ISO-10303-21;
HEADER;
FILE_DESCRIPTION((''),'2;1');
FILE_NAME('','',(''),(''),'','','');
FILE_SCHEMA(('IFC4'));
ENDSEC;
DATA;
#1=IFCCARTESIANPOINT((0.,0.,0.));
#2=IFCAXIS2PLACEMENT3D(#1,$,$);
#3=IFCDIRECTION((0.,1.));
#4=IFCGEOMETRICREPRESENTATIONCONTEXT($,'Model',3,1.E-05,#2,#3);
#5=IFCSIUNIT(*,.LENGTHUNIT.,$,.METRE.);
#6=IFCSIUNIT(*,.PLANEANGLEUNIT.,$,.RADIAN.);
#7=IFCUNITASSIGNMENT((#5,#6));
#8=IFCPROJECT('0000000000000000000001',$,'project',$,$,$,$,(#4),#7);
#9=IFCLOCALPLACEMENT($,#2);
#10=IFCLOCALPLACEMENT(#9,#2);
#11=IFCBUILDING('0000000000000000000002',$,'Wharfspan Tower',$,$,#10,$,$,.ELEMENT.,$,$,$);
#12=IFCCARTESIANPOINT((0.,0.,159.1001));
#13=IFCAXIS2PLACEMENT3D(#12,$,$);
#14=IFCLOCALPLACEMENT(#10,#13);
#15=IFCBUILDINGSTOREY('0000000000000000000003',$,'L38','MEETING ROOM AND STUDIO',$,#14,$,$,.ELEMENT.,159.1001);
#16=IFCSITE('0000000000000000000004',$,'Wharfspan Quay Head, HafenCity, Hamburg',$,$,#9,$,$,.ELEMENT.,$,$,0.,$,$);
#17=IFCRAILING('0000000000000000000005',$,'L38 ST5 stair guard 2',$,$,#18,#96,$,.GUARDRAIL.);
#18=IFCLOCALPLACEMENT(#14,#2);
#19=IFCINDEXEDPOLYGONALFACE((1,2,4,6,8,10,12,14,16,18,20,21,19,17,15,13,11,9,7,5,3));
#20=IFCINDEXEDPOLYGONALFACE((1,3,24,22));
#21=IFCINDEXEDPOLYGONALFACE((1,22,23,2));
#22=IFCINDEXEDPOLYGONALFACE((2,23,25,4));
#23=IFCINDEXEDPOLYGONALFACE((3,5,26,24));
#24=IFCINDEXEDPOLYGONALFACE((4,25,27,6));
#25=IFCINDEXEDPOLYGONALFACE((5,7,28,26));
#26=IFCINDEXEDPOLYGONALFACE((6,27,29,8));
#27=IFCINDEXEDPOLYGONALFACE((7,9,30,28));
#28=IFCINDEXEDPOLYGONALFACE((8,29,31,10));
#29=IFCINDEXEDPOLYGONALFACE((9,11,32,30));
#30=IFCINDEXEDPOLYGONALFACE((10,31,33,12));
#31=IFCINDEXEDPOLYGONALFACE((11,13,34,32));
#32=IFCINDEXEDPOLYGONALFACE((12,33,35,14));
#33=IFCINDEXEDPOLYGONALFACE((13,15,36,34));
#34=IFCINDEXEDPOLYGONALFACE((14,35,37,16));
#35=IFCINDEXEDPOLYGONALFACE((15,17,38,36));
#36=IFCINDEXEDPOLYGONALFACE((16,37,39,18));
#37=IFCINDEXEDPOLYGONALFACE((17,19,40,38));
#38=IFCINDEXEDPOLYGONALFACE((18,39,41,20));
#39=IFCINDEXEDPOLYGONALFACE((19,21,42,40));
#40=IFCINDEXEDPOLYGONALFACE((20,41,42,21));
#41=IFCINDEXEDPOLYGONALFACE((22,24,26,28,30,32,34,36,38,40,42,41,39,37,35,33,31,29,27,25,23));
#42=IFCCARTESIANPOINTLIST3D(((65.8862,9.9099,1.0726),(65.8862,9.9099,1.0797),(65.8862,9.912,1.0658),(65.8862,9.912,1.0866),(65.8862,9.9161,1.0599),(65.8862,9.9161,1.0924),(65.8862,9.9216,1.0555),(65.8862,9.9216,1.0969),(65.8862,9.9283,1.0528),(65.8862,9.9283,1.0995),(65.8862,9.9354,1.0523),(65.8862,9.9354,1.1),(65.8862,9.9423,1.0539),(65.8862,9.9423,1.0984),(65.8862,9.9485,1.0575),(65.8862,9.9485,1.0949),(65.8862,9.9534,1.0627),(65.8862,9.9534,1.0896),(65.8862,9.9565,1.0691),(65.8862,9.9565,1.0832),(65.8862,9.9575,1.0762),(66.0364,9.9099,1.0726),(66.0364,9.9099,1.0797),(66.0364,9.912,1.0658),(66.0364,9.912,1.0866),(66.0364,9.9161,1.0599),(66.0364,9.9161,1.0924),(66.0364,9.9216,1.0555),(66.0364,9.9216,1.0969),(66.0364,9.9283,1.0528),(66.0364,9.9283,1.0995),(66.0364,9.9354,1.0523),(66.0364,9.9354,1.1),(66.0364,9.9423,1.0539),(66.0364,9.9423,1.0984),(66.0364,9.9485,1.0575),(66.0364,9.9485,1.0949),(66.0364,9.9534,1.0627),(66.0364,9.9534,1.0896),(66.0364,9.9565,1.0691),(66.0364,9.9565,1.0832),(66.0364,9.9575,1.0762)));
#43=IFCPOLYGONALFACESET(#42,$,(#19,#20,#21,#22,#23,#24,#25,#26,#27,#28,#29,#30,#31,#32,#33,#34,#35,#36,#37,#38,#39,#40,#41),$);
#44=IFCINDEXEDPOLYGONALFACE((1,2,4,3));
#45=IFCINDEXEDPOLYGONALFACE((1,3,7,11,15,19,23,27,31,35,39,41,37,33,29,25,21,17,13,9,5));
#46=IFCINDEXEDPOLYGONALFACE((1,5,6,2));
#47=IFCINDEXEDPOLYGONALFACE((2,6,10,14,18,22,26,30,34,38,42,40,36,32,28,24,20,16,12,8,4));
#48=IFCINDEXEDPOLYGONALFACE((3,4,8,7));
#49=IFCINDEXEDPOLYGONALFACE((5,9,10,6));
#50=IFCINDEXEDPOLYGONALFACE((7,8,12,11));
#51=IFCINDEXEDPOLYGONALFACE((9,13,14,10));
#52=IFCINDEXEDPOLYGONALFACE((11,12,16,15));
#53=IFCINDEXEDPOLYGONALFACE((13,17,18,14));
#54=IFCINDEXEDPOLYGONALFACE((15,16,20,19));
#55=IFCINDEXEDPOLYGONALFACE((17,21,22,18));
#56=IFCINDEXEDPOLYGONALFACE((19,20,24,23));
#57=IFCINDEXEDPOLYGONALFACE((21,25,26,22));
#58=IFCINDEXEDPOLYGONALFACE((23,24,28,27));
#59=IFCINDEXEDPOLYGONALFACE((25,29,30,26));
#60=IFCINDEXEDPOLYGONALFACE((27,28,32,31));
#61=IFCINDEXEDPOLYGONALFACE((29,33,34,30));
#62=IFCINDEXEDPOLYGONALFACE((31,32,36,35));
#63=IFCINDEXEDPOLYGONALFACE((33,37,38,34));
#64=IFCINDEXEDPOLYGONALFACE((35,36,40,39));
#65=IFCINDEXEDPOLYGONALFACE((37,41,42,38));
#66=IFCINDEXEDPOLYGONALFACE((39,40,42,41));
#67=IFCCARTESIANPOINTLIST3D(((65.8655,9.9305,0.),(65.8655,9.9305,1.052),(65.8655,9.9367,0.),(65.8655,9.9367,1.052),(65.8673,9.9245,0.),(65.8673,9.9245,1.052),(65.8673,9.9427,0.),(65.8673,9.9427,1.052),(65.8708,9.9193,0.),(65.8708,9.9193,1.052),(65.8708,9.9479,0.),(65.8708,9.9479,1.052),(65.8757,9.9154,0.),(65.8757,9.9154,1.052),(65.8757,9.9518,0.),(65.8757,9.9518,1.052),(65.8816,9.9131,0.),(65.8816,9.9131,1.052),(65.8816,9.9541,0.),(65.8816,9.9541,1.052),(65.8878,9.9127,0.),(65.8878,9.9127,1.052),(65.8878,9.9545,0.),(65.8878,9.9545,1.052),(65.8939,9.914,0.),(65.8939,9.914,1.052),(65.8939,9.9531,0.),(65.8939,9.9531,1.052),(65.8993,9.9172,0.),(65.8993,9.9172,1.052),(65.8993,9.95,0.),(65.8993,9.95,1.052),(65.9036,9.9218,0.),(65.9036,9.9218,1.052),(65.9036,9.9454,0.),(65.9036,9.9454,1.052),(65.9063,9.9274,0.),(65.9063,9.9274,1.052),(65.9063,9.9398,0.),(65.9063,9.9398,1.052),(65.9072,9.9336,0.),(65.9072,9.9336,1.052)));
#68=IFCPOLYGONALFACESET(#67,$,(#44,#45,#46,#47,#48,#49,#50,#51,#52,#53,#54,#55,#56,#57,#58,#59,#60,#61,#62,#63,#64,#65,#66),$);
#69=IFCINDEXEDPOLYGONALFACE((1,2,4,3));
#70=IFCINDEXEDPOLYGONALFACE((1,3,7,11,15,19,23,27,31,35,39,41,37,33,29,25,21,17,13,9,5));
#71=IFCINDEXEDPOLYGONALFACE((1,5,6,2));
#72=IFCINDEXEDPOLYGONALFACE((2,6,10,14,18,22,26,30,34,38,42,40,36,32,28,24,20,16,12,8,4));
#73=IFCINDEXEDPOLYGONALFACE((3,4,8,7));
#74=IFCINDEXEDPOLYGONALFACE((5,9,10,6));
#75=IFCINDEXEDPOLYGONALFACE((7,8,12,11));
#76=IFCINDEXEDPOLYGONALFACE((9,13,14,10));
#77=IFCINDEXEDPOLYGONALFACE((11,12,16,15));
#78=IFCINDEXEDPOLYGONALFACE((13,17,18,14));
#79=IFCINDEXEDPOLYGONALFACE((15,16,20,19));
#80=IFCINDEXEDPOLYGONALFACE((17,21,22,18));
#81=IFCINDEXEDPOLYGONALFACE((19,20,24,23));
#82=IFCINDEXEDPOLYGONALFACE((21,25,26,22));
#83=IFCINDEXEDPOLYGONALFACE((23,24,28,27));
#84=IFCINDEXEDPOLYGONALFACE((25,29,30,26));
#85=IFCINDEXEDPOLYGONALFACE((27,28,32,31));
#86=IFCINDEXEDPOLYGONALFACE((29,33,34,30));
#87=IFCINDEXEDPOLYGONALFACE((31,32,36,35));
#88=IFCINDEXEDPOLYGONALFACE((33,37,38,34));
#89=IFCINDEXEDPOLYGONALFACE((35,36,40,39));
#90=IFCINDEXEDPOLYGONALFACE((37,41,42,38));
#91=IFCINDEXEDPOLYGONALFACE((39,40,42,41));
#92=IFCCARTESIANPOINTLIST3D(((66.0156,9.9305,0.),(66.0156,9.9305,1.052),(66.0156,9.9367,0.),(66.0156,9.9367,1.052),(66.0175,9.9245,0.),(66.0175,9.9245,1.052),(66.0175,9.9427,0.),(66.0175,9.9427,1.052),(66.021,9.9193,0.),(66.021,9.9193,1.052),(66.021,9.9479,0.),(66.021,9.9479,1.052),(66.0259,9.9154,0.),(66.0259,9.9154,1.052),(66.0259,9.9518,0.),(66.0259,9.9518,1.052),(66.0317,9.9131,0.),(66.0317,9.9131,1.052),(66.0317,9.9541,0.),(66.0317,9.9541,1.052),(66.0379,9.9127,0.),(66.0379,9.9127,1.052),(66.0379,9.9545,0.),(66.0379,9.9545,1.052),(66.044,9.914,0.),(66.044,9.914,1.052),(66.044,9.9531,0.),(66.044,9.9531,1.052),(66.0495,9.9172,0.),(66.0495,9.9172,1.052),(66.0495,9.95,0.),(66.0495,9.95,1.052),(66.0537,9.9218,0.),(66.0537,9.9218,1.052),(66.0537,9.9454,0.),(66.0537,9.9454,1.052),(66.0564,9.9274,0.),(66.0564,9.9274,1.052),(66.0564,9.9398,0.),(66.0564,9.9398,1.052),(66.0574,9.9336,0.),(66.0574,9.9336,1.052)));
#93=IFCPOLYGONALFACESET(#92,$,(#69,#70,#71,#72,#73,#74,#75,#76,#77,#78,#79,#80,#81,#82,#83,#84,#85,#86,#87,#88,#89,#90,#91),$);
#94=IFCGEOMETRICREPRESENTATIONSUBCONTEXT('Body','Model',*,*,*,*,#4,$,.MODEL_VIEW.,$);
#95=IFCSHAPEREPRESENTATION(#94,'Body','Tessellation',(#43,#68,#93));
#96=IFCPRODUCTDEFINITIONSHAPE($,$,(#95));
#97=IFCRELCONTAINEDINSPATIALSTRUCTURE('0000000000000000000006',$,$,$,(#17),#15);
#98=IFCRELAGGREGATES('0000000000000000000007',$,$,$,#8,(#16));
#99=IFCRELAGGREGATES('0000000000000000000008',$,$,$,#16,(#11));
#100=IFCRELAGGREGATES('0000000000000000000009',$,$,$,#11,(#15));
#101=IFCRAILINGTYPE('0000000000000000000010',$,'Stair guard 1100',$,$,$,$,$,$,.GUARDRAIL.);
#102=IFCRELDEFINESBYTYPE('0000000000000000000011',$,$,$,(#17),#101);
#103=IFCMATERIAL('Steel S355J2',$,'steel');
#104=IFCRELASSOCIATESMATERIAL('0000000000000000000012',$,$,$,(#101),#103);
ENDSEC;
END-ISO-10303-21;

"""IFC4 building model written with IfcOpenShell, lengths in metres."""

from ifc_helpers import new_model, si_unit, direction, frame, origin, origin_2d, place, context, subcontext, project, spatial, circle, extrude, material, type_object, element, save


model = new_model("IFC4")

# Units and contexts
model_context = context("Model", 3, precision=1e-05, world=origin(), true_north=direction((0.0, 1.0)))
body_context = subcontext(model_context, "Body", "Model", "MODEL_VIEW")
ifc_project = project(units=[si_unit("LENGTHUNIT", "METRE"), si_unit("PLANEANGLEUNIT", "RADIAN")], contexts=[model_context])

# Site, building, storey
site_placement = place(None, origin())
site = spatial("IfcSite", under=ifc_project, at=site_placement, Name="Wharfspan Quay Head, HafenCity, Hamburg", CompositionType="ELEMENT", RefElevation=0.0)
building_placement = place(site_placement, origin())
building = spatial("IfcBuilding", under=site, at=building_placement, Name="Wharfspan Tower", CompositionType="ELEMENT")
storey_placement = place(building_placement, frame((0.0, 0.0, 159.1001)))
storey = spatial("IfcBuildingStorey", under=building, at=storey_placement, Name="L38", Description="MEETING ROOM AND STUDIO", CompositionType="ELEMENT", Elevation=159.1001)

# Shared definitions
ifc_material_1 = material(Name="Steel S355J2", Category="steel")

# Railing
railing_type_1 = type_object("IfcRailingType", Name="Stair guard 1100", PredefinedType="GUARDRAIL", material=ifc_material_1)
railing_1_placement = place(storey_placement, frame((65.8862, 9.9336, 0.0)))
element("IfcRailing", 1, at=railing_1_placement, inside=storey, type_object=railing_type_1, Name="L38 ST5 stair guard 2", PredefinedType="GUARDRAIL", context=body_context, shape_type="SweptSolid", body=[
    extrude(circle(Radius=0.0239, at=origin_2d()), frame((0.0, 0.0, 1.0762), z_axis=(1.0, 0.0, 0.0), x_axis=(0.0, 1.0, 0.0)), (0.0, 0.0, 1.0), 0.1501),
    extrude(circle(Radius=0.021, at=origin_2d()), origin(), (0.0, 0.0, 1.0), 1.052),
    extrude(circle(Radius=0.021, at=origin_2d()), frame((0.1501, 0.0, 0.0)), (0.0, 0.0, 1.0), 1.052),
])

save(model, "model.ifc")
